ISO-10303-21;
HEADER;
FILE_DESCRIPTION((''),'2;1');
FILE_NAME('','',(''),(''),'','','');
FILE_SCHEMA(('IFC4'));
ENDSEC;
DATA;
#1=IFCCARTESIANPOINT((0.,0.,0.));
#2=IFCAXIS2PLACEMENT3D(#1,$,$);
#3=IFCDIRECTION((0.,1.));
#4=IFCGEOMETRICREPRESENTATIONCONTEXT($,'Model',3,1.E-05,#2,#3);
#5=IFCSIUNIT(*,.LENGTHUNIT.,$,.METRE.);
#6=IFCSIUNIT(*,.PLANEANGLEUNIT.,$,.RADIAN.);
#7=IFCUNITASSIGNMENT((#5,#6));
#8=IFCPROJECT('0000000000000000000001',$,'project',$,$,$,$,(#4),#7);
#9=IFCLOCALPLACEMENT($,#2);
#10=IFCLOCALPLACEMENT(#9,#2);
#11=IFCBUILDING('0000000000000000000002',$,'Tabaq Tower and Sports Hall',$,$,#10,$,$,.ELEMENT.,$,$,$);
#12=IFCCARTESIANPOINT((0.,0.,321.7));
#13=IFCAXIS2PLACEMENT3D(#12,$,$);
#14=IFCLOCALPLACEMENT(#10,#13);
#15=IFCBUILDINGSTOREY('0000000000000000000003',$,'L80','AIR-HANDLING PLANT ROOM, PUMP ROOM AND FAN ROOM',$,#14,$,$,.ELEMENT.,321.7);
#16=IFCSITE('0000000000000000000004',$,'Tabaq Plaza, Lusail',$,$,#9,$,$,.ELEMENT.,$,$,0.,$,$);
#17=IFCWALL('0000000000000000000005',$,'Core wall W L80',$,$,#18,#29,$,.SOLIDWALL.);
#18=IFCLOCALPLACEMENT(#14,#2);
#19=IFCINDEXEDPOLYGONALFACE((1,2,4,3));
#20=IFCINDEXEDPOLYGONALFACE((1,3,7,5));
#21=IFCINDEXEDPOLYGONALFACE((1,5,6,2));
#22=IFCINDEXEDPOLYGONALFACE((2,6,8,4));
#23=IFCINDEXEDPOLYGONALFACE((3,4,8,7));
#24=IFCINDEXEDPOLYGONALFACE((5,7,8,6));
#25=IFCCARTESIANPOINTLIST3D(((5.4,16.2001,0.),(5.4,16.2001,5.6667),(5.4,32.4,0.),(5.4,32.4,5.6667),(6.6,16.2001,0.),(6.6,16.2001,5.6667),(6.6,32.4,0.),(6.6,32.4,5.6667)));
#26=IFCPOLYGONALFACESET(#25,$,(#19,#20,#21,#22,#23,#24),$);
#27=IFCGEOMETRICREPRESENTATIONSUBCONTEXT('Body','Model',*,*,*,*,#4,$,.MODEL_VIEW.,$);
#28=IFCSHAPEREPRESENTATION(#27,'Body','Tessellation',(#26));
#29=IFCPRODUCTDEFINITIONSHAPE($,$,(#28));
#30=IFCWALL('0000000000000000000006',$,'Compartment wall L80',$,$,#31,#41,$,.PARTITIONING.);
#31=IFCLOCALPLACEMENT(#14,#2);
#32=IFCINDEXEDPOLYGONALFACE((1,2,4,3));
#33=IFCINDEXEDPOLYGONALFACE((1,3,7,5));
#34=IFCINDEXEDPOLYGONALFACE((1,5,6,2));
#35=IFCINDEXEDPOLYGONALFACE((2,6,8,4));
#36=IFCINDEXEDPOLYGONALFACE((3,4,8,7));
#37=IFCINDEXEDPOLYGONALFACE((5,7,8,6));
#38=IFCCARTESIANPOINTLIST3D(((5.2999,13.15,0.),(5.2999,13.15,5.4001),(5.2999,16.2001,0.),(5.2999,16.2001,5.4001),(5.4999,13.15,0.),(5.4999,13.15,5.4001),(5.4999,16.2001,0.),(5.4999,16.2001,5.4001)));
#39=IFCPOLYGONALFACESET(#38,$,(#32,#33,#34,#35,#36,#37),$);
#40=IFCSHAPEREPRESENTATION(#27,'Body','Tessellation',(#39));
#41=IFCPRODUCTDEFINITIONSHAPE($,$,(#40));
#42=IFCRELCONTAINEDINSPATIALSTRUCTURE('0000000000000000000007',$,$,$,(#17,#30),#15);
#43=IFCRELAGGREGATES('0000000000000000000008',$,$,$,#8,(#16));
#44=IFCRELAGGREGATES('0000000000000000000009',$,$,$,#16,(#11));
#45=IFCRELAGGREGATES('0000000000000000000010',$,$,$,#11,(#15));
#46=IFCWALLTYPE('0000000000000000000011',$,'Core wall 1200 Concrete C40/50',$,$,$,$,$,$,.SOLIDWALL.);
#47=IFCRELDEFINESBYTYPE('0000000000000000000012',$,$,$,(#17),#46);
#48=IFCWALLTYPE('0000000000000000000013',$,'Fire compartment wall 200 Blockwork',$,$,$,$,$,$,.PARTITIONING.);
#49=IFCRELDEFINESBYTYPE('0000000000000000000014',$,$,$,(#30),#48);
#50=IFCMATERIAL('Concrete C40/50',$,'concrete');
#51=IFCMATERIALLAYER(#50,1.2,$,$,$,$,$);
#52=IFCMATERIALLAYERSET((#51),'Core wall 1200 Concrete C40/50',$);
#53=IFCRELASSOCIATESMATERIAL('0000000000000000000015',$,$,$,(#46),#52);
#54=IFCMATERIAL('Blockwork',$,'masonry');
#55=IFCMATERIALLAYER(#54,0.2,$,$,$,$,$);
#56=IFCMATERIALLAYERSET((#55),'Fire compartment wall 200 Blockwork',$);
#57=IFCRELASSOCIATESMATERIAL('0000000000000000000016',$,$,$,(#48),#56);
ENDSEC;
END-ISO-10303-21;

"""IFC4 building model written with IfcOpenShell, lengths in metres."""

from ifc_helpers import new_model, si_unit, direction, frame, frame_2d, origin, place, context, subcontext, project, spatial, rectangle, extrude, material, layer, layer_set, type_object, element, save


model = new_model("IFC4")

# Units and contexts
model_context = context("Model", 3, precision=1e-05, world=origin(), true_north=direction((0.0, 1.0)))
body_context = subcontext(model_context, "Body", "Model", "MODEL_VIEW")
ifc_project = project(units=[si_unit("LENGTHUNIT", "METRE"), si_unit("PLANEANGLEUNIT", "RADIAN")], contexts=[model_context])

# Site, building, storey
site_placement = place(None, origin())
site = spatial("IfcSite", under=ifc_project, at=site_placement, Name="Tabaq Plaza, Lusail", CompositionType="ELEMENT", RefElevation=0.0)
building_placement = place(site_placement, origin())
building = spatial("IfcBuilding", under=site, at=building_placement, Name="Tabaq Tower and Sports Hall", CompositionType="ELEMENT")
storey_placement = place(building_placement, frame((0.0, 0.0, 321.7)))
storey = spatial("IfcBuildingStorey", under=building, at=storey_placement, Name="L80", Description="AIR-HANDLING PLANT ROOM, PUMP ROOM AND FAN ROOM", CompositionType="ELEMENT", Elevation=321.7)

# Wall
ifc_material_1 = material(Name="Concrete C40/50", Category="concrete")
ifc_layer_1 = layer(ifc_material_1, 1.2)
ifc_layer_set_1 = layer_set([ifc_layer_1], Name="Core wall 1200 Concrete C40/50")
wall_type_1 = type_object("IfcWallType", Name="Core wall 1200 Concrete C40/50", PredefinedType="SOLIDWALL", material=ifc_layer_set_1)
wall_1_placement = place(storey_placement, frame((6.0, 16.2, 0.0), z_axis=(0.0, 0.0, 1.0), x_axis=(0.0, 1.0, 0.0)))
element("IfcWall", 1, at=wall_1_placement, inside=storey, type_object=wall_type_1, Name="Core wall W L80", PredefinedType="SOLIDWALL", context=body_context, shape_type="SweptSolid", body=[
    extrude(rectangle(XDim=16.2, YDim=1.2, at=frame_2d((8.1001, 0.0))), origin(), (0.0, 0.0, 1.0), 5.6667),
])

# Shared definitions
ifc_material_2 = material(Name="Blockwork", Category="masonry")
ifc_layer_2 = layer(ifc_material_2, 0.2)
ifc_layer_set_2 = layer_set([ifc_layer_2], Name="Fire compartment wall 200 Blockwork")
wall_type_2 = type_object("IfcWallType", Name="Fire compartment wall 200 Blockwork", PredefinedType="PARTITIONING", material=ifc_layer_set_2)

# Wall
wall_2_placement = place(storey_placement, frame((5.3999, 16.2, 0.0), z_axis=(0.0, 0.0, 1.0), x_axis=(0.0, -1.0, 0.0)))
element("IfcWall", 2, at=wall_2_placement, inside=storey, type_object=wall_type_2, Name="Compartment wall L80", PredefinedType="PARTITIONING", context=body_context, shape_type="SweptSolid", body=[
    extrude(rectangle(XDim=3.05, YDim=0.2, at=frame_2d((1.5249, 0.0))), origin(), (0.0, 0.0, 1.0), 5.4001),
])

save(model, "model.ifc")
